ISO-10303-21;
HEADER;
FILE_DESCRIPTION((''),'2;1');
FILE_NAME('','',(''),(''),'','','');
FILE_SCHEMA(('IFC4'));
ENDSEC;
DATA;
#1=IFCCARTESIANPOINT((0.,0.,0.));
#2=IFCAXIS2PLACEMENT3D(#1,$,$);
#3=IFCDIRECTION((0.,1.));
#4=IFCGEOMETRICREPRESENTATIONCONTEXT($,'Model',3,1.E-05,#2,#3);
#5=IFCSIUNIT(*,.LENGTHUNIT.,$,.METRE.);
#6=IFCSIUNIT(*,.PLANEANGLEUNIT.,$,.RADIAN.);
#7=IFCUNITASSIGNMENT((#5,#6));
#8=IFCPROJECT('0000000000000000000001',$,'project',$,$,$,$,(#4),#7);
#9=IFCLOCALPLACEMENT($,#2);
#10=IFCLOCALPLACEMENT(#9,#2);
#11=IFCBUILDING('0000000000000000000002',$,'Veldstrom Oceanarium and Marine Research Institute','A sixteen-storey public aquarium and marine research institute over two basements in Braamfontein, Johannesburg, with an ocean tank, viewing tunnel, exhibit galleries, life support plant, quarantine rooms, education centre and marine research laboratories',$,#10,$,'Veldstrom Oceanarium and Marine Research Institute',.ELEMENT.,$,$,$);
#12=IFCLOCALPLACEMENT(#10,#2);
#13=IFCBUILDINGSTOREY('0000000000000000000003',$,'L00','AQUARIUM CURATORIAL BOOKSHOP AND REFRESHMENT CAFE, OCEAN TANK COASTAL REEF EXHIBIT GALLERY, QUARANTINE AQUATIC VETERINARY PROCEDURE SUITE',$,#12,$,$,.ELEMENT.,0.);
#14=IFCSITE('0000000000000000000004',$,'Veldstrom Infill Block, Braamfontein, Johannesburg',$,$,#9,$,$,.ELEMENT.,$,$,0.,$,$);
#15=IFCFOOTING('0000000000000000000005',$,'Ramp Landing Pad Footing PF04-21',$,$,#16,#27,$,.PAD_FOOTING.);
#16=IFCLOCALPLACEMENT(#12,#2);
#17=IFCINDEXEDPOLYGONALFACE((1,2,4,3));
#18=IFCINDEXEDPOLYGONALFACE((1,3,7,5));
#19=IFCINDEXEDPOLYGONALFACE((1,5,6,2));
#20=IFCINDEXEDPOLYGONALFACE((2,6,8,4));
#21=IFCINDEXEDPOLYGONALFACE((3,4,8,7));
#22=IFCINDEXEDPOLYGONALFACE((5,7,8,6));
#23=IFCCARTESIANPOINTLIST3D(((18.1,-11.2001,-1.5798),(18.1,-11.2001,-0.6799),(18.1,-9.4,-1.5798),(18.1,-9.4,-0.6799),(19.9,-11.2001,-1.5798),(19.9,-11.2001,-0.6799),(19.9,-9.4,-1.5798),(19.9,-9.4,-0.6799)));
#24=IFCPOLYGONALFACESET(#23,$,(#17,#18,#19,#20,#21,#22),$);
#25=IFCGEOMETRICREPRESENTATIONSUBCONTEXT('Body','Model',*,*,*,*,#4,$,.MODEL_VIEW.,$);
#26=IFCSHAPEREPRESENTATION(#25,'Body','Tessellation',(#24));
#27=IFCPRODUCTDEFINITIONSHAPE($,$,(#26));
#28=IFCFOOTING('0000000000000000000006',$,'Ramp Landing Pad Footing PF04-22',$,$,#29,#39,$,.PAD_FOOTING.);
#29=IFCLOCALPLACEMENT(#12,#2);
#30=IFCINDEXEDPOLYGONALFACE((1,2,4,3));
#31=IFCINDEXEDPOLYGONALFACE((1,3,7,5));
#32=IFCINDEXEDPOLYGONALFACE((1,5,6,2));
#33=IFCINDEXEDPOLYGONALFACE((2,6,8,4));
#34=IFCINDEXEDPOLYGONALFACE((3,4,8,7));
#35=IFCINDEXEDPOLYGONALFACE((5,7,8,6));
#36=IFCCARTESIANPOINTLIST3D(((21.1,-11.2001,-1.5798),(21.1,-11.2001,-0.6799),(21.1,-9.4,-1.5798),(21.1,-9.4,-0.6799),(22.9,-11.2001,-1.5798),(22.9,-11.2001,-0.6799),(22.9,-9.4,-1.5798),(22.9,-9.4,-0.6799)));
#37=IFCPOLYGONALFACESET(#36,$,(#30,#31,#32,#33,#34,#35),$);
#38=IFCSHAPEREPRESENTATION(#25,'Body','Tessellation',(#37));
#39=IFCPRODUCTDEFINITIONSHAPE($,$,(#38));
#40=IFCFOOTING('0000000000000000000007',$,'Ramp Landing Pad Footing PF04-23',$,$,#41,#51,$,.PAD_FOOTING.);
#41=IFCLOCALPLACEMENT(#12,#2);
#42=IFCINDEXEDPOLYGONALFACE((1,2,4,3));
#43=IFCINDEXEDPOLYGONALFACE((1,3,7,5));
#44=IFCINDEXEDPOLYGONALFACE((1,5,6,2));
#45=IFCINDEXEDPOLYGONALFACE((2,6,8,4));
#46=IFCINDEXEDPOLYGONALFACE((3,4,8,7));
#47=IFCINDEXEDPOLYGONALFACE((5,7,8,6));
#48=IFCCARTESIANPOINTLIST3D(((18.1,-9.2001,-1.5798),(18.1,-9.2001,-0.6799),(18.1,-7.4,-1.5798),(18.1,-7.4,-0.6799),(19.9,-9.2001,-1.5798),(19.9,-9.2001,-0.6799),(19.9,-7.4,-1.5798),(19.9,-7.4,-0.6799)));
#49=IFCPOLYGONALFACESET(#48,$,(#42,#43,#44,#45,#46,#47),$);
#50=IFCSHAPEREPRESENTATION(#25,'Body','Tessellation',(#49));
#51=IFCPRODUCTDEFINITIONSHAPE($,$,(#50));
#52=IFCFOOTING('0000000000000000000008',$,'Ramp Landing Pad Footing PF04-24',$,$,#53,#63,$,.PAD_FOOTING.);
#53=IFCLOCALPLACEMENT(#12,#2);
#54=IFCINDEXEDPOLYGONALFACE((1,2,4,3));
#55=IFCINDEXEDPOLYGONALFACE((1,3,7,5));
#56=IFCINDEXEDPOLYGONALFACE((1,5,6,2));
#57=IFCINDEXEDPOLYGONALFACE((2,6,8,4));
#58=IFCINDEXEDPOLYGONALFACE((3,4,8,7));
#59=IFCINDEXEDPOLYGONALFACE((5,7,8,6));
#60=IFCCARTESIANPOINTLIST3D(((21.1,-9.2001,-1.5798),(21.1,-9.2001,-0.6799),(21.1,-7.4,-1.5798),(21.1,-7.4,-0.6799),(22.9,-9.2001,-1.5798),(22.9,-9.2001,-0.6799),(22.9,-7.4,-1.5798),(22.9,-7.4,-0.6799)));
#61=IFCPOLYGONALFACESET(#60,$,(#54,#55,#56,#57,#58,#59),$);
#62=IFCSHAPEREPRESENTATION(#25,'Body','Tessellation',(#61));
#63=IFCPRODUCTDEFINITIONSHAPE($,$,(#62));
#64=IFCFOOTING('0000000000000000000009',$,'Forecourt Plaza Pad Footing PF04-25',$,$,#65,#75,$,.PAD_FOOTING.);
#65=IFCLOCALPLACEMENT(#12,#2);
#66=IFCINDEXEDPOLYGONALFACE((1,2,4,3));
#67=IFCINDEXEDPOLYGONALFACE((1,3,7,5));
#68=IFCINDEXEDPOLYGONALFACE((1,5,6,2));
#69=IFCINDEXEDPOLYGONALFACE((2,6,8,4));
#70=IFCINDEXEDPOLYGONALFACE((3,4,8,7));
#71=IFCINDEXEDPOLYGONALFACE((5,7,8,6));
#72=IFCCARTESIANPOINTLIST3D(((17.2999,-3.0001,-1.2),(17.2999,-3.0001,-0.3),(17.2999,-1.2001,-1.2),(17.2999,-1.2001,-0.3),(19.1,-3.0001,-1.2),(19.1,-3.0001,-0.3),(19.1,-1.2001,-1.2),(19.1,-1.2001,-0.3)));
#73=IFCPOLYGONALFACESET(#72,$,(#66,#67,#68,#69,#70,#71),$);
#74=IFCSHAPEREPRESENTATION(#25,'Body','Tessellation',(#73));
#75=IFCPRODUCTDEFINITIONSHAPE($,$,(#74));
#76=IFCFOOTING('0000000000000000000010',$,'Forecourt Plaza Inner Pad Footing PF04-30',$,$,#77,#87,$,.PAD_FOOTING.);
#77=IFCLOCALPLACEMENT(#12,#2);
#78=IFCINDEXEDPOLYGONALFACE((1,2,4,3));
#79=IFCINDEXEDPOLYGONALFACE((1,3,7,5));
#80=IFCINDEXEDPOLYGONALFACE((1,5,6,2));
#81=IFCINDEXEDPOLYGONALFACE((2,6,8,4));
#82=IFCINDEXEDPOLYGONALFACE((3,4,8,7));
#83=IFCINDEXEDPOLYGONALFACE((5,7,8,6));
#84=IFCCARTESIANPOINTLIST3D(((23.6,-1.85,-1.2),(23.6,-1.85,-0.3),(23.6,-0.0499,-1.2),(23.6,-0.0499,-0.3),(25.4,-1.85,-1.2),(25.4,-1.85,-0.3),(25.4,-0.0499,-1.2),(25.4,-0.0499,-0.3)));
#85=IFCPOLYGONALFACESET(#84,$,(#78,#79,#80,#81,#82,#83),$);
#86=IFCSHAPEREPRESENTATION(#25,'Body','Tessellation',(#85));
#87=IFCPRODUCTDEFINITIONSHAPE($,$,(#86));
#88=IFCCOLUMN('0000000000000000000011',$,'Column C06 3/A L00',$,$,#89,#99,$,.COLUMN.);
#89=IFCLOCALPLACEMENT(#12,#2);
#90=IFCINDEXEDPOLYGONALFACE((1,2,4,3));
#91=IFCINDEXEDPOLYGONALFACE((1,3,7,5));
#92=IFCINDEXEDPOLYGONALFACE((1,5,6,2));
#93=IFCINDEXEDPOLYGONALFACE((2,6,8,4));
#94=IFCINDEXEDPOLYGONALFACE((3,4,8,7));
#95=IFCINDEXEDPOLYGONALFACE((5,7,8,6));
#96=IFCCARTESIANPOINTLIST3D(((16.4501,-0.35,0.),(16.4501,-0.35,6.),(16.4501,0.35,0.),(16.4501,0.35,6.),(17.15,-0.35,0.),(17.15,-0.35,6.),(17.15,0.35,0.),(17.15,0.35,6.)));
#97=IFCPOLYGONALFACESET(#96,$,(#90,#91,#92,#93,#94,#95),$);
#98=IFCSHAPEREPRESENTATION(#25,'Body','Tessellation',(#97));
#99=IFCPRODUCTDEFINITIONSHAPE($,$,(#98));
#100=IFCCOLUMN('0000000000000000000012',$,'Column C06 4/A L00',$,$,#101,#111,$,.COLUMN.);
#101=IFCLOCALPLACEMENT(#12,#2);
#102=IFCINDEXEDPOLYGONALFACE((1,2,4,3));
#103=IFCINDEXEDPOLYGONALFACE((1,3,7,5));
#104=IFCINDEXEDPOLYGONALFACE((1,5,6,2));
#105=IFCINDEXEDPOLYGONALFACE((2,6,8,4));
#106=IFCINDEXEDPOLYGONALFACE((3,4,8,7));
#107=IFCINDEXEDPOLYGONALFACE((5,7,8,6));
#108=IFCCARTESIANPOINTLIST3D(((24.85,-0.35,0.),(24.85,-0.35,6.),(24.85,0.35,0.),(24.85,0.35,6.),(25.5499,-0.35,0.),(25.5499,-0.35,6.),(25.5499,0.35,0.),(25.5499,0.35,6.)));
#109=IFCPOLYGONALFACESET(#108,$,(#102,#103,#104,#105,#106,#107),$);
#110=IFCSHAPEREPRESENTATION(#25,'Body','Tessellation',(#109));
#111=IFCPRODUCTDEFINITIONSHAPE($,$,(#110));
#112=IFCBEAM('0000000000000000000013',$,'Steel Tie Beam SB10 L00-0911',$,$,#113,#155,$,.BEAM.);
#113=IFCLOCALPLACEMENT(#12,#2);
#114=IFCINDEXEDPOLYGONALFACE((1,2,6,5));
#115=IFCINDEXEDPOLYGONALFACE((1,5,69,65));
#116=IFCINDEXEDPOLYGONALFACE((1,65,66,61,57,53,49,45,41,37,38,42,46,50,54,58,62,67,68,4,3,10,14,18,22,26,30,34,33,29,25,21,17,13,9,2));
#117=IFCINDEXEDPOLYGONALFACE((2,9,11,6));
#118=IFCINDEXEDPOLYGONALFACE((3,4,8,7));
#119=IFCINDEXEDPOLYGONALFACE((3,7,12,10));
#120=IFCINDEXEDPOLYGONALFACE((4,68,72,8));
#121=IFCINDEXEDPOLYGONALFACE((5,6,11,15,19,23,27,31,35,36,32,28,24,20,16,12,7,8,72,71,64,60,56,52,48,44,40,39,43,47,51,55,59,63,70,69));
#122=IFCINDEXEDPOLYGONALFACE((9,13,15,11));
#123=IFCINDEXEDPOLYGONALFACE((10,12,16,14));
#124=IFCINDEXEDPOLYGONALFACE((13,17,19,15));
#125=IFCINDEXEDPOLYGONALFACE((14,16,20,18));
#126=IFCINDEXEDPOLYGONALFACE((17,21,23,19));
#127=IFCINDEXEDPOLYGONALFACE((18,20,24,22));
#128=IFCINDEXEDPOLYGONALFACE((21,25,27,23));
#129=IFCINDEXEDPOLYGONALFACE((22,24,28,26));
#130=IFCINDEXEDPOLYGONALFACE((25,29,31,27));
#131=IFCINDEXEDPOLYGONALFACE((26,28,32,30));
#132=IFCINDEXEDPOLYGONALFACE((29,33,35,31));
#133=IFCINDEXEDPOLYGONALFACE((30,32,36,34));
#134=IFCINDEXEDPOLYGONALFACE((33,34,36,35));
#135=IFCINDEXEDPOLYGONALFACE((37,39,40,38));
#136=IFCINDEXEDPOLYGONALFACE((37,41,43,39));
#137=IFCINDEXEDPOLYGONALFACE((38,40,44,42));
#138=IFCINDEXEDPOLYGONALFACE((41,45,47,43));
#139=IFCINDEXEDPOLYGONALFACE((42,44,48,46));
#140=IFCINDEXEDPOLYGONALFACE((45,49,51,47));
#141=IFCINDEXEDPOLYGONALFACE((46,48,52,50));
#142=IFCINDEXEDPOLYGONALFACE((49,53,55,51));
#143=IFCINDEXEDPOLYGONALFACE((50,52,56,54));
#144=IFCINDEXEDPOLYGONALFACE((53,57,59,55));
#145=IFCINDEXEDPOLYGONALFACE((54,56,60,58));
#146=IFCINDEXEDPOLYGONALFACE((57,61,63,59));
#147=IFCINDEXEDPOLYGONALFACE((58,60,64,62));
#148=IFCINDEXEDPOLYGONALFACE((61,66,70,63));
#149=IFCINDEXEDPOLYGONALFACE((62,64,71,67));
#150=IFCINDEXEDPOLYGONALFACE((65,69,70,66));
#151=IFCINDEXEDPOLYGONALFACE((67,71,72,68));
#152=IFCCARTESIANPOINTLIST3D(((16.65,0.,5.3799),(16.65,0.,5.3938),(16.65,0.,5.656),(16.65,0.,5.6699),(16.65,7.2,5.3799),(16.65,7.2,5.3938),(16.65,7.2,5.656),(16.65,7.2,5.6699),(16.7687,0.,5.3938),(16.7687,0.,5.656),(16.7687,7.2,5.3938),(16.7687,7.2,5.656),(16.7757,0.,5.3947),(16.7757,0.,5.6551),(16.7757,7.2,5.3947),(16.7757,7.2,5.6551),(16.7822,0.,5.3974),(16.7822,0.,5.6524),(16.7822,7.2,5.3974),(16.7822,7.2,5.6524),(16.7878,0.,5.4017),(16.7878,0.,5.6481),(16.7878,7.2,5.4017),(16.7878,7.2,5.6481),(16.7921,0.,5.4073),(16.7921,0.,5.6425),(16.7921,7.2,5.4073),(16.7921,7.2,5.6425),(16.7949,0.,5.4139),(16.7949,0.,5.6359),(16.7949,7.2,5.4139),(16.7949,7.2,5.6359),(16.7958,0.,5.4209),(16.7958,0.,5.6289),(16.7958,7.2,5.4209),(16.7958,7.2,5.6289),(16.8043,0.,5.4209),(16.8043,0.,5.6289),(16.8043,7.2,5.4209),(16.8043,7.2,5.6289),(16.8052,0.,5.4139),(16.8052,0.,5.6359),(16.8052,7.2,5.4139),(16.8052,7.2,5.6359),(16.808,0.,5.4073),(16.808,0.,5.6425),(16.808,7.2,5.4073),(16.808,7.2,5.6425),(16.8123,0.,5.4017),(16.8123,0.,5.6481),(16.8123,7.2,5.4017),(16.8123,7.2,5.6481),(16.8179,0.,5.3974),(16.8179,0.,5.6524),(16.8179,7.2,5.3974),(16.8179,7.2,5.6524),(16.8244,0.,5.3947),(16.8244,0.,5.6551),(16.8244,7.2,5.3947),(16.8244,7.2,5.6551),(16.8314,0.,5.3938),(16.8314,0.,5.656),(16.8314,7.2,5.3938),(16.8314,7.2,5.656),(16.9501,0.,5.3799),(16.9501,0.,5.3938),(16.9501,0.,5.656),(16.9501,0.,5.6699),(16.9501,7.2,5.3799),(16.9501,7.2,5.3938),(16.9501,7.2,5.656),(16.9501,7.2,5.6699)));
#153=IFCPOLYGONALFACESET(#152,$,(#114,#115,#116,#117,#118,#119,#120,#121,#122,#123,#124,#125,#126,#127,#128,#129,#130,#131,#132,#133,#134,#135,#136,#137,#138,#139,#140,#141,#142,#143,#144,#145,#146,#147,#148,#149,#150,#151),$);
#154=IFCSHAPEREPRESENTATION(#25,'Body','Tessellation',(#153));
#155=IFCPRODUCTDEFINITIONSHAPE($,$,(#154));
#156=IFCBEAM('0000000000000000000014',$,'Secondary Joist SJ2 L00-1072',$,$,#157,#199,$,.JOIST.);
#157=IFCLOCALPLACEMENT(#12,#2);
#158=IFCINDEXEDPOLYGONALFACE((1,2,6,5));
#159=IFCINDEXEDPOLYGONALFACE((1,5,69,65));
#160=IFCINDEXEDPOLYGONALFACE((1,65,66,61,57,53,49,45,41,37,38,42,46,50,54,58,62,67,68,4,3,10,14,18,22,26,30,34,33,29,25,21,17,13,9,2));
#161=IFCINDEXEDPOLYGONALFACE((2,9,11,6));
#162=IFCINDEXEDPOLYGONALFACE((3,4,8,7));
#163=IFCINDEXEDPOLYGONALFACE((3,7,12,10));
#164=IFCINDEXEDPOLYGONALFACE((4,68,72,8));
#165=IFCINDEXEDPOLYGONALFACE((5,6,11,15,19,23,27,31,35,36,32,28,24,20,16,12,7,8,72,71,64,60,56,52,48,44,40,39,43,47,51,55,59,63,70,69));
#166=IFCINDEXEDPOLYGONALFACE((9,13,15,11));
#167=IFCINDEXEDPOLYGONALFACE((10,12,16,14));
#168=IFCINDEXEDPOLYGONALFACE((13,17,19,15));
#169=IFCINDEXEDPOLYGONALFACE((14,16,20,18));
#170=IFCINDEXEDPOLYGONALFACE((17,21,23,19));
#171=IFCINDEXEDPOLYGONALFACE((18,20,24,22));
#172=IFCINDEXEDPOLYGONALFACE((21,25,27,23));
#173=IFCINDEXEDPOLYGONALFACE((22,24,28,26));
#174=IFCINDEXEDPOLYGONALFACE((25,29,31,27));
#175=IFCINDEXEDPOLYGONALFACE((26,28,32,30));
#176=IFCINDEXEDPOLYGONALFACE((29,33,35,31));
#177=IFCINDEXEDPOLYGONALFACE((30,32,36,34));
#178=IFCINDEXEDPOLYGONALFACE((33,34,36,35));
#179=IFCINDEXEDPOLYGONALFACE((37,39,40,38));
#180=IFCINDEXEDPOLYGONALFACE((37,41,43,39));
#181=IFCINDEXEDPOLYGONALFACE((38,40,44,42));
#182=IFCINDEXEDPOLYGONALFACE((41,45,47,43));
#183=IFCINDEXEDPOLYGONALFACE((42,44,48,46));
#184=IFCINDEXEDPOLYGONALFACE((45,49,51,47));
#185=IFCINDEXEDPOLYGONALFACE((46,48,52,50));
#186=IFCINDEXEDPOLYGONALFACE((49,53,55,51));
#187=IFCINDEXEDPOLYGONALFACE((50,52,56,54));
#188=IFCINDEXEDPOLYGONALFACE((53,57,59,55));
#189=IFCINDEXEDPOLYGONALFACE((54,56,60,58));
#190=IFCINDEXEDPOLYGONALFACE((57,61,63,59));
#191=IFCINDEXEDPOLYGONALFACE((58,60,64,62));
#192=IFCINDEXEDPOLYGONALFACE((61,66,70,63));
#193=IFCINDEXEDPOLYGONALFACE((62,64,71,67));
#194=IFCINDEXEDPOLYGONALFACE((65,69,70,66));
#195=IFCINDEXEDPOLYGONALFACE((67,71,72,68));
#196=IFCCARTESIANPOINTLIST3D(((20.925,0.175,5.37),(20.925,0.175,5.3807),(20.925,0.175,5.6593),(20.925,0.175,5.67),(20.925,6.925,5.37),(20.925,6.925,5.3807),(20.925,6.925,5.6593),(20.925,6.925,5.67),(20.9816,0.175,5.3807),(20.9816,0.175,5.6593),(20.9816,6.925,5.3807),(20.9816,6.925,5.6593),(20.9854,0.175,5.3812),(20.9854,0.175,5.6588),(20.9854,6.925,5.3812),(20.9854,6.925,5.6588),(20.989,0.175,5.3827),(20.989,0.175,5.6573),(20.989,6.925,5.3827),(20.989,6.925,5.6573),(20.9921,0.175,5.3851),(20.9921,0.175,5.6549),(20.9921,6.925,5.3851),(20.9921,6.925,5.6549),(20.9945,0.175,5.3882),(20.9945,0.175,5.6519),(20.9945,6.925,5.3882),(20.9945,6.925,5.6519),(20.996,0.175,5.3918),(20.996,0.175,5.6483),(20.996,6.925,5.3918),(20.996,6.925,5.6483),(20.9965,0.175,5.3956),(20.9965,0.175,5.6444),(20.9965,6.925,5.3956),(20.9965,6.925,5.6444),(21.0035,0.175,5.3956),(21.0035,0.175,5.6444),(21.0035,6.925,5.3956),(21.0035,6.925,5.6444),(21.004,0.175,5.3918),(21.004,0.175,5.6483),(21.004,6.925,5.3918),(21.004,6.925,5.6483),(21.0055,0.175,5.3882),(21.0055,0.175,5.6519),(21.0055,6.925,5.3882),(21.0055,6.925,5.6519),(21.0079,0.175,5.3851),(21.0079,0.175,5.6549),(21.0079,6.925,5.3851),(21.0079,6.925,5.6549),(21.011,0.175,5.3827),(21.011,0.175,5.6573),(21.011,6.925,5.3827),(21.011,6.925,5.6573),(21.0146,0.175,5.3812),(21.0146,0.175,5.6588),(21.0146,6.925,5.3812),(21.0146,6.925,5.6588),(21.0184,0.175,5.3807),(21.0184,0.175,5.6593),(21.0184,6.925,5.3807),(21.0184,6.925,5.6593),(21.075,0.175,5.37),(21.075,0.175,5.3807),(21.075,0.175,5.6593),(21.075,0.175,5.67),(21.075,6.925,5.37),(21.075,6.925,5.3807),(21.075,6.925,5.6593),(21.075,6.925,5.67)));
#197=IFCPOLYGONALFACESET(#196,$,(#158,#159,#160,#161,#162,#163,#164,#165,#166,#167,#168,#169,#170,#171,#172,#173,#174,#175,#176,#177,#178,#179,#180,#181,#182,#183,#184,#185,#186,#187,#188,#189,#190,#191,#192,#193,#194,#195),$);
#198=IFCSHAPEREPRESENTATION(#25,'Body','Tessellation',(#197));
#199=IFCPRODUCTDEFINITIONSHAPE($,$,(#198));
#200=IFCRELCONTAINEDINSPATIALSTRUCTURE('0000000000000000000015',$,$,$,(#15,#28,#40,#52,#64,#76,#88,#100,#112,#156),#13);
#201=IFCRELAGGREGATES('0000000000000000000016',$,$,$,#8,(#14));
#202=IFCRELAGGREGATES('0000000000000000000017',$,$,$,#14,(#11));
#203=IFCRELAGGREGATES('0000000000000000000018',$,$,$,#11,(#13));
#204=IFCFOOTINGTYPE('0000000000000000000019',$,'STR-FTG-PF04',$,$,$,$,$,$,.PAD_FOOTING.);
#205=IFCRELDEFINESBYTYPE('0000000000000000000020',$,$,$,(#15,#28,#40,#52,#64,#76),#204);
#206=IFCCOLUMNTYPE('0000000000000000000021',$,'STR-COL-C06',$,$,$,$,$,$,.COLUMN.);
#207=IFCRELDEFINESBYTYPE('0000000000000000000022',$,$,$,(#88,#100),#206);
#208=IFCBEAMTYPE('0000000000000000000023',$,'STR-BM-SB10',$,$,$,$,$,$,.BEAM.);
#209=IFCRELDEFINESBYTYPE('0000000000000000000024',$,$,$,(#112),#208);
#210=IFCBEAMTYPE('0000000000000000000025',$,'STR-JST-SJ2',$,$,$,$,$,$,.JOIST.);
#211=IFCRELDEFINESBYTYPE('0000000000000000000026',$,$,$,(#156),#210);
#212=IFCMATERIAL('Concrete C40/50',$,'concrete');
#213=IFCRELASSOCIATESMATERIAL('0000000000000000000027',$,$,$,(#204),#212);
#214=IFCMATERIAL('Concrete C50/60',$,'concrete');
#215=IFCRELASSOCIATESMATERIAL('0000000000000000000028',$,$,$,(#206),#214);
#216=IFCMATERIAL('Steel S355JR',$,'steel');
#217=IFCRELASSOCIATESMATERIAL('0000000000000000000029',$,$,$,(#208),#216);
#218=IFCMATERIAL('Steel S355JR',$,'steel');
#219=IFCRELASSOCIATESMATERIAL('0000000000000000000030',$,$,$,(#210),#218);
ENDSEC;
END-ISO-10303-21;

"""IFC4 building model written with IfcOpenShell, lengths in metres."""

from ifc_helpers import new_model, si_unit, direction, frame, origin, origin_2d, place, context, subcontext, project, spatial, rectangle, i_section, extrude, material, material_profile, profile_set, type_object, element, save


model = new_model("IFC4")

# Units and contexts
model_context = context("Model", 3, precision=1e-05, world=origin(), true_north=direction((0.0, 1.0)))
body_context = subcontext(model_context, "Body", "Model", "MODEL_VIEW")
ifc_project = project(units=[si_unit("LENGTHUNIT", "METRE"), si_unit("PLANEANGLEUNIT", "RADIAN")], contexts=[model_context])

# Site, building, storey
site_placement = place(None, origin())
site = spatial("IfcSite", under=ifc_project, at=site_placement, Name="Veldstrom Infill Block, Braamfontein, Johannesburg", CompositionType="ELEMENT", RefElevation=0.0)
building_placement = place(site_placement, origin())
building = spatial("IfcBuilding", under=site, at=building_placement, Name="Veldstrom Oceanarium and Marine Research Institute", Description="A sixteen-storey public aquarium and marine research institute over two basements in Braamfontein, Johannesburg, with an ocean tank, viewing tunnel, exhibit galleries, life support plant, quarantine rooms, education centre and marine research laboratories", LongName="Veldstrom Oceanarium and Marine Research Institute", CompositionType="ELEMENT")
storey_placement = place(building_placement, origin())
storey = spatial("IfcBuildingStorey", under=building, at=storey_placement, Name="L00", Description="AQUARIUM CURATORIAL BOOKSHOP AND REFRESHMENT CAFE, OCEAN TANK COASTAL REEF EXHIBIT GALLERY, QUARANTINE AQUATIC VETERINARY PROCEDURE SUITE", CompositionType="ELEMENT", Elevation=0.0)

# Footings
ifc_material_1 = material(Name="Concrete C40/50", Category="concrete")
footing_type = type_object("IfcFootingType", Name="STR-FTG-PF04", PredefinedType="PAD_FOOTING", material=ifc_material_1)
for number, where, z_axis, x_axis, name in (
    (1, (19.0, -10.3, -1.5798), (0.0, 0.0, 1.0), (1.0, 0.0, 0.0), "Ramp Landing Pad Footing PF04-21"),
    (2, (22.0, -10.3, -1.5798), (0.0, 0.0, 1.0), (1.0, 0.0, 0.0), "Ramp Landing Pad Footing PF04-22"),
    (3, (19.0, -8.3, -1.5798), (0.0, 0.0, 1.0), (1.0, 0.0, 0.0), "Ramp Landing Pad Footing PF04-23"),
    (4, (22.0, -8.3, -1.5798), (0.0, 0.0, 1.0), (1.0, 0.0, 0.0), "Ramp Landing Pad Footing PF04-24"),
    (5, (18.2, -2.1001, -1.2), (0.0, 0.0, 1.0), (1.0, 0.0, 0.0), "Forecourt Plaza Pad Footing PF04-25"),
    (6, (24.5, -0.95, -1.2), (0.0, 0.0, 1.0), (1.0, 0.0, 0.0), "Forecourt Plaza Inner Pad Footing PF04-30"),
):
    element("IfcFooting", number, at=place(storey_placement, frame(where, z_axis=z_axis, x_axis=x_axis)), inside=storey, type_object=footing_type, Name=name, PredefinedType="PAD_FOOTING", context=body_context, shape_type="SweptSolid", body=[
        extrude(rectangle(XDim=1.8, YDim=1.8, at=origin_2d()), origin(), (0.0, 0.0, 1.0), 0.8999),
    ])

# Columns
ifc_material_2 = material(Name="Concrete C50/60", Category="concrete")
ifc_material_profile_1 = material_profile(ifc_material_2, rectangle(XDim=0.7, YDim=0.7, at=origin_2d()), Name="RC-COL-700x700")
ifc_profile_set_1 = profile_set([ifc_material_profile_1], Name="Concrete C50/60")
column_type = type_object("IfcColumnType", Name="STR-COL-C06", PredefinedType="COLUMN", material=ifc_profile_set_1)
for number, where, z_axis, x_axis, name in (
    (7, (16.8, 0.0, 0.0), (0.0, 0.0, 1.0), (1.0, 0.0, 0.0), "Column C06 3/A L00"),
    (8, (25.2, 0.0, 0.0), (0.0, 0.0, 1.0), (1.0, 0.0, 0.0), "Column C06 4/A L00"),
):
    element("IfcColumn", number, at=place(storey_placement, frame(where, z_axis=z_axis, x_axis=x_axis)), inside=storey, type_object=column_type, Name=name, PredefinedType="COLUMN", context=body_context, shape_type="SweptSolid", body=[
        extrude(rectangle(XDim=0.7, YDim=0.7, at=origin_2d()), origin(), (0.0, 0.0, 1.0), 6.0),
    ])

# Beams
ifc_material_3 = material(Name="Steel S355JR", Category="steel")
ifc_material_profile_2 = material_profile(ifc_material_3, i_section(OverallWidth=0.3, OverallDepth=0.29, WebThickness=0.0085, FlangeThickness=0.0139, FilletRadius=0.0271, at=origin_2d()), Name="HEA 300")
ifc_profile_set_2 = profile_set([ifc_material_profile_2], Name="Steel S355JR")
beam_type_1 = type_object("IfcBeamType", Name="STR-BM-SB10", PredefinedType="BEAM", material=ifc_profile_set_2)
beam_1_placement = place(storey_placement, frame((16.8, 0.0, 5.5249), z_axis=(0.0, 1.0, 0.0), x_axis=(-1.0, 0.0, 0.0)))
element("IfcBeam", 9, at=beam_1_placement, inside=storey, type_object=beam_type_1, Name="Steel Tie Beam SB10 L00-0911", PredefinedType="BEAM", context=body_context, shape_type="SweptSolid", body=[
    extrude(i_section(OverallWidth=0.3, OverallDepth=0.29, WebThickness=0.0085, FlangeThickness=0.0139, FilletRadius=0.0271, at=origin_2d()), origin(), (0.0, 0.0, 1.0), 7.2),
])
ifc_material_4 = material(Name="Steel S355JR", Category="steel")
ifc_material_profile_3 = material_profile(ifc_material_4, i_section(OverallWidth=0.1499, OverallDepth=0.3, WebThickness=0.0071, FlangeThickness=0.0107, FilletRadius=0.0149, at=origin_2d()), Name="IPE 300")
ifc_profile_set_3 = profile_set([ifc_material_profile_3], Name="Steel S355JR")
beam_type_2 = type_object("IfcBeamType", Name="STR-JST-SJ2", PredefinedType="JOIST", material=ifc_profile_set_3)
beam_2_placement = place(storey_placement, frame((21.0, 0.175, 5.52), z_axis=(0.0, 1.0, 0.0), x_axis=(-1.0, 0.0, 0.0)))
element("IfcBeam", 10, at=beam_2_placement, inside=storey, type_object=beam_type_2, Name="Secondary Joist SJ2 L00-1072", PredefinedType="JOIST", context=body_context, shape_type="SweptSolid", body=[
    extrude(i_section(OverallWidth=0.1499, OverallDepth=0.3, WebThickness=0.0071, FlangeThickness=0.0107, FilletRadius=0.0149, at=origin_2d()), origin(), (0.0, 0.0, 1.0), 6.75),
])

save(model, "model.ifc")
